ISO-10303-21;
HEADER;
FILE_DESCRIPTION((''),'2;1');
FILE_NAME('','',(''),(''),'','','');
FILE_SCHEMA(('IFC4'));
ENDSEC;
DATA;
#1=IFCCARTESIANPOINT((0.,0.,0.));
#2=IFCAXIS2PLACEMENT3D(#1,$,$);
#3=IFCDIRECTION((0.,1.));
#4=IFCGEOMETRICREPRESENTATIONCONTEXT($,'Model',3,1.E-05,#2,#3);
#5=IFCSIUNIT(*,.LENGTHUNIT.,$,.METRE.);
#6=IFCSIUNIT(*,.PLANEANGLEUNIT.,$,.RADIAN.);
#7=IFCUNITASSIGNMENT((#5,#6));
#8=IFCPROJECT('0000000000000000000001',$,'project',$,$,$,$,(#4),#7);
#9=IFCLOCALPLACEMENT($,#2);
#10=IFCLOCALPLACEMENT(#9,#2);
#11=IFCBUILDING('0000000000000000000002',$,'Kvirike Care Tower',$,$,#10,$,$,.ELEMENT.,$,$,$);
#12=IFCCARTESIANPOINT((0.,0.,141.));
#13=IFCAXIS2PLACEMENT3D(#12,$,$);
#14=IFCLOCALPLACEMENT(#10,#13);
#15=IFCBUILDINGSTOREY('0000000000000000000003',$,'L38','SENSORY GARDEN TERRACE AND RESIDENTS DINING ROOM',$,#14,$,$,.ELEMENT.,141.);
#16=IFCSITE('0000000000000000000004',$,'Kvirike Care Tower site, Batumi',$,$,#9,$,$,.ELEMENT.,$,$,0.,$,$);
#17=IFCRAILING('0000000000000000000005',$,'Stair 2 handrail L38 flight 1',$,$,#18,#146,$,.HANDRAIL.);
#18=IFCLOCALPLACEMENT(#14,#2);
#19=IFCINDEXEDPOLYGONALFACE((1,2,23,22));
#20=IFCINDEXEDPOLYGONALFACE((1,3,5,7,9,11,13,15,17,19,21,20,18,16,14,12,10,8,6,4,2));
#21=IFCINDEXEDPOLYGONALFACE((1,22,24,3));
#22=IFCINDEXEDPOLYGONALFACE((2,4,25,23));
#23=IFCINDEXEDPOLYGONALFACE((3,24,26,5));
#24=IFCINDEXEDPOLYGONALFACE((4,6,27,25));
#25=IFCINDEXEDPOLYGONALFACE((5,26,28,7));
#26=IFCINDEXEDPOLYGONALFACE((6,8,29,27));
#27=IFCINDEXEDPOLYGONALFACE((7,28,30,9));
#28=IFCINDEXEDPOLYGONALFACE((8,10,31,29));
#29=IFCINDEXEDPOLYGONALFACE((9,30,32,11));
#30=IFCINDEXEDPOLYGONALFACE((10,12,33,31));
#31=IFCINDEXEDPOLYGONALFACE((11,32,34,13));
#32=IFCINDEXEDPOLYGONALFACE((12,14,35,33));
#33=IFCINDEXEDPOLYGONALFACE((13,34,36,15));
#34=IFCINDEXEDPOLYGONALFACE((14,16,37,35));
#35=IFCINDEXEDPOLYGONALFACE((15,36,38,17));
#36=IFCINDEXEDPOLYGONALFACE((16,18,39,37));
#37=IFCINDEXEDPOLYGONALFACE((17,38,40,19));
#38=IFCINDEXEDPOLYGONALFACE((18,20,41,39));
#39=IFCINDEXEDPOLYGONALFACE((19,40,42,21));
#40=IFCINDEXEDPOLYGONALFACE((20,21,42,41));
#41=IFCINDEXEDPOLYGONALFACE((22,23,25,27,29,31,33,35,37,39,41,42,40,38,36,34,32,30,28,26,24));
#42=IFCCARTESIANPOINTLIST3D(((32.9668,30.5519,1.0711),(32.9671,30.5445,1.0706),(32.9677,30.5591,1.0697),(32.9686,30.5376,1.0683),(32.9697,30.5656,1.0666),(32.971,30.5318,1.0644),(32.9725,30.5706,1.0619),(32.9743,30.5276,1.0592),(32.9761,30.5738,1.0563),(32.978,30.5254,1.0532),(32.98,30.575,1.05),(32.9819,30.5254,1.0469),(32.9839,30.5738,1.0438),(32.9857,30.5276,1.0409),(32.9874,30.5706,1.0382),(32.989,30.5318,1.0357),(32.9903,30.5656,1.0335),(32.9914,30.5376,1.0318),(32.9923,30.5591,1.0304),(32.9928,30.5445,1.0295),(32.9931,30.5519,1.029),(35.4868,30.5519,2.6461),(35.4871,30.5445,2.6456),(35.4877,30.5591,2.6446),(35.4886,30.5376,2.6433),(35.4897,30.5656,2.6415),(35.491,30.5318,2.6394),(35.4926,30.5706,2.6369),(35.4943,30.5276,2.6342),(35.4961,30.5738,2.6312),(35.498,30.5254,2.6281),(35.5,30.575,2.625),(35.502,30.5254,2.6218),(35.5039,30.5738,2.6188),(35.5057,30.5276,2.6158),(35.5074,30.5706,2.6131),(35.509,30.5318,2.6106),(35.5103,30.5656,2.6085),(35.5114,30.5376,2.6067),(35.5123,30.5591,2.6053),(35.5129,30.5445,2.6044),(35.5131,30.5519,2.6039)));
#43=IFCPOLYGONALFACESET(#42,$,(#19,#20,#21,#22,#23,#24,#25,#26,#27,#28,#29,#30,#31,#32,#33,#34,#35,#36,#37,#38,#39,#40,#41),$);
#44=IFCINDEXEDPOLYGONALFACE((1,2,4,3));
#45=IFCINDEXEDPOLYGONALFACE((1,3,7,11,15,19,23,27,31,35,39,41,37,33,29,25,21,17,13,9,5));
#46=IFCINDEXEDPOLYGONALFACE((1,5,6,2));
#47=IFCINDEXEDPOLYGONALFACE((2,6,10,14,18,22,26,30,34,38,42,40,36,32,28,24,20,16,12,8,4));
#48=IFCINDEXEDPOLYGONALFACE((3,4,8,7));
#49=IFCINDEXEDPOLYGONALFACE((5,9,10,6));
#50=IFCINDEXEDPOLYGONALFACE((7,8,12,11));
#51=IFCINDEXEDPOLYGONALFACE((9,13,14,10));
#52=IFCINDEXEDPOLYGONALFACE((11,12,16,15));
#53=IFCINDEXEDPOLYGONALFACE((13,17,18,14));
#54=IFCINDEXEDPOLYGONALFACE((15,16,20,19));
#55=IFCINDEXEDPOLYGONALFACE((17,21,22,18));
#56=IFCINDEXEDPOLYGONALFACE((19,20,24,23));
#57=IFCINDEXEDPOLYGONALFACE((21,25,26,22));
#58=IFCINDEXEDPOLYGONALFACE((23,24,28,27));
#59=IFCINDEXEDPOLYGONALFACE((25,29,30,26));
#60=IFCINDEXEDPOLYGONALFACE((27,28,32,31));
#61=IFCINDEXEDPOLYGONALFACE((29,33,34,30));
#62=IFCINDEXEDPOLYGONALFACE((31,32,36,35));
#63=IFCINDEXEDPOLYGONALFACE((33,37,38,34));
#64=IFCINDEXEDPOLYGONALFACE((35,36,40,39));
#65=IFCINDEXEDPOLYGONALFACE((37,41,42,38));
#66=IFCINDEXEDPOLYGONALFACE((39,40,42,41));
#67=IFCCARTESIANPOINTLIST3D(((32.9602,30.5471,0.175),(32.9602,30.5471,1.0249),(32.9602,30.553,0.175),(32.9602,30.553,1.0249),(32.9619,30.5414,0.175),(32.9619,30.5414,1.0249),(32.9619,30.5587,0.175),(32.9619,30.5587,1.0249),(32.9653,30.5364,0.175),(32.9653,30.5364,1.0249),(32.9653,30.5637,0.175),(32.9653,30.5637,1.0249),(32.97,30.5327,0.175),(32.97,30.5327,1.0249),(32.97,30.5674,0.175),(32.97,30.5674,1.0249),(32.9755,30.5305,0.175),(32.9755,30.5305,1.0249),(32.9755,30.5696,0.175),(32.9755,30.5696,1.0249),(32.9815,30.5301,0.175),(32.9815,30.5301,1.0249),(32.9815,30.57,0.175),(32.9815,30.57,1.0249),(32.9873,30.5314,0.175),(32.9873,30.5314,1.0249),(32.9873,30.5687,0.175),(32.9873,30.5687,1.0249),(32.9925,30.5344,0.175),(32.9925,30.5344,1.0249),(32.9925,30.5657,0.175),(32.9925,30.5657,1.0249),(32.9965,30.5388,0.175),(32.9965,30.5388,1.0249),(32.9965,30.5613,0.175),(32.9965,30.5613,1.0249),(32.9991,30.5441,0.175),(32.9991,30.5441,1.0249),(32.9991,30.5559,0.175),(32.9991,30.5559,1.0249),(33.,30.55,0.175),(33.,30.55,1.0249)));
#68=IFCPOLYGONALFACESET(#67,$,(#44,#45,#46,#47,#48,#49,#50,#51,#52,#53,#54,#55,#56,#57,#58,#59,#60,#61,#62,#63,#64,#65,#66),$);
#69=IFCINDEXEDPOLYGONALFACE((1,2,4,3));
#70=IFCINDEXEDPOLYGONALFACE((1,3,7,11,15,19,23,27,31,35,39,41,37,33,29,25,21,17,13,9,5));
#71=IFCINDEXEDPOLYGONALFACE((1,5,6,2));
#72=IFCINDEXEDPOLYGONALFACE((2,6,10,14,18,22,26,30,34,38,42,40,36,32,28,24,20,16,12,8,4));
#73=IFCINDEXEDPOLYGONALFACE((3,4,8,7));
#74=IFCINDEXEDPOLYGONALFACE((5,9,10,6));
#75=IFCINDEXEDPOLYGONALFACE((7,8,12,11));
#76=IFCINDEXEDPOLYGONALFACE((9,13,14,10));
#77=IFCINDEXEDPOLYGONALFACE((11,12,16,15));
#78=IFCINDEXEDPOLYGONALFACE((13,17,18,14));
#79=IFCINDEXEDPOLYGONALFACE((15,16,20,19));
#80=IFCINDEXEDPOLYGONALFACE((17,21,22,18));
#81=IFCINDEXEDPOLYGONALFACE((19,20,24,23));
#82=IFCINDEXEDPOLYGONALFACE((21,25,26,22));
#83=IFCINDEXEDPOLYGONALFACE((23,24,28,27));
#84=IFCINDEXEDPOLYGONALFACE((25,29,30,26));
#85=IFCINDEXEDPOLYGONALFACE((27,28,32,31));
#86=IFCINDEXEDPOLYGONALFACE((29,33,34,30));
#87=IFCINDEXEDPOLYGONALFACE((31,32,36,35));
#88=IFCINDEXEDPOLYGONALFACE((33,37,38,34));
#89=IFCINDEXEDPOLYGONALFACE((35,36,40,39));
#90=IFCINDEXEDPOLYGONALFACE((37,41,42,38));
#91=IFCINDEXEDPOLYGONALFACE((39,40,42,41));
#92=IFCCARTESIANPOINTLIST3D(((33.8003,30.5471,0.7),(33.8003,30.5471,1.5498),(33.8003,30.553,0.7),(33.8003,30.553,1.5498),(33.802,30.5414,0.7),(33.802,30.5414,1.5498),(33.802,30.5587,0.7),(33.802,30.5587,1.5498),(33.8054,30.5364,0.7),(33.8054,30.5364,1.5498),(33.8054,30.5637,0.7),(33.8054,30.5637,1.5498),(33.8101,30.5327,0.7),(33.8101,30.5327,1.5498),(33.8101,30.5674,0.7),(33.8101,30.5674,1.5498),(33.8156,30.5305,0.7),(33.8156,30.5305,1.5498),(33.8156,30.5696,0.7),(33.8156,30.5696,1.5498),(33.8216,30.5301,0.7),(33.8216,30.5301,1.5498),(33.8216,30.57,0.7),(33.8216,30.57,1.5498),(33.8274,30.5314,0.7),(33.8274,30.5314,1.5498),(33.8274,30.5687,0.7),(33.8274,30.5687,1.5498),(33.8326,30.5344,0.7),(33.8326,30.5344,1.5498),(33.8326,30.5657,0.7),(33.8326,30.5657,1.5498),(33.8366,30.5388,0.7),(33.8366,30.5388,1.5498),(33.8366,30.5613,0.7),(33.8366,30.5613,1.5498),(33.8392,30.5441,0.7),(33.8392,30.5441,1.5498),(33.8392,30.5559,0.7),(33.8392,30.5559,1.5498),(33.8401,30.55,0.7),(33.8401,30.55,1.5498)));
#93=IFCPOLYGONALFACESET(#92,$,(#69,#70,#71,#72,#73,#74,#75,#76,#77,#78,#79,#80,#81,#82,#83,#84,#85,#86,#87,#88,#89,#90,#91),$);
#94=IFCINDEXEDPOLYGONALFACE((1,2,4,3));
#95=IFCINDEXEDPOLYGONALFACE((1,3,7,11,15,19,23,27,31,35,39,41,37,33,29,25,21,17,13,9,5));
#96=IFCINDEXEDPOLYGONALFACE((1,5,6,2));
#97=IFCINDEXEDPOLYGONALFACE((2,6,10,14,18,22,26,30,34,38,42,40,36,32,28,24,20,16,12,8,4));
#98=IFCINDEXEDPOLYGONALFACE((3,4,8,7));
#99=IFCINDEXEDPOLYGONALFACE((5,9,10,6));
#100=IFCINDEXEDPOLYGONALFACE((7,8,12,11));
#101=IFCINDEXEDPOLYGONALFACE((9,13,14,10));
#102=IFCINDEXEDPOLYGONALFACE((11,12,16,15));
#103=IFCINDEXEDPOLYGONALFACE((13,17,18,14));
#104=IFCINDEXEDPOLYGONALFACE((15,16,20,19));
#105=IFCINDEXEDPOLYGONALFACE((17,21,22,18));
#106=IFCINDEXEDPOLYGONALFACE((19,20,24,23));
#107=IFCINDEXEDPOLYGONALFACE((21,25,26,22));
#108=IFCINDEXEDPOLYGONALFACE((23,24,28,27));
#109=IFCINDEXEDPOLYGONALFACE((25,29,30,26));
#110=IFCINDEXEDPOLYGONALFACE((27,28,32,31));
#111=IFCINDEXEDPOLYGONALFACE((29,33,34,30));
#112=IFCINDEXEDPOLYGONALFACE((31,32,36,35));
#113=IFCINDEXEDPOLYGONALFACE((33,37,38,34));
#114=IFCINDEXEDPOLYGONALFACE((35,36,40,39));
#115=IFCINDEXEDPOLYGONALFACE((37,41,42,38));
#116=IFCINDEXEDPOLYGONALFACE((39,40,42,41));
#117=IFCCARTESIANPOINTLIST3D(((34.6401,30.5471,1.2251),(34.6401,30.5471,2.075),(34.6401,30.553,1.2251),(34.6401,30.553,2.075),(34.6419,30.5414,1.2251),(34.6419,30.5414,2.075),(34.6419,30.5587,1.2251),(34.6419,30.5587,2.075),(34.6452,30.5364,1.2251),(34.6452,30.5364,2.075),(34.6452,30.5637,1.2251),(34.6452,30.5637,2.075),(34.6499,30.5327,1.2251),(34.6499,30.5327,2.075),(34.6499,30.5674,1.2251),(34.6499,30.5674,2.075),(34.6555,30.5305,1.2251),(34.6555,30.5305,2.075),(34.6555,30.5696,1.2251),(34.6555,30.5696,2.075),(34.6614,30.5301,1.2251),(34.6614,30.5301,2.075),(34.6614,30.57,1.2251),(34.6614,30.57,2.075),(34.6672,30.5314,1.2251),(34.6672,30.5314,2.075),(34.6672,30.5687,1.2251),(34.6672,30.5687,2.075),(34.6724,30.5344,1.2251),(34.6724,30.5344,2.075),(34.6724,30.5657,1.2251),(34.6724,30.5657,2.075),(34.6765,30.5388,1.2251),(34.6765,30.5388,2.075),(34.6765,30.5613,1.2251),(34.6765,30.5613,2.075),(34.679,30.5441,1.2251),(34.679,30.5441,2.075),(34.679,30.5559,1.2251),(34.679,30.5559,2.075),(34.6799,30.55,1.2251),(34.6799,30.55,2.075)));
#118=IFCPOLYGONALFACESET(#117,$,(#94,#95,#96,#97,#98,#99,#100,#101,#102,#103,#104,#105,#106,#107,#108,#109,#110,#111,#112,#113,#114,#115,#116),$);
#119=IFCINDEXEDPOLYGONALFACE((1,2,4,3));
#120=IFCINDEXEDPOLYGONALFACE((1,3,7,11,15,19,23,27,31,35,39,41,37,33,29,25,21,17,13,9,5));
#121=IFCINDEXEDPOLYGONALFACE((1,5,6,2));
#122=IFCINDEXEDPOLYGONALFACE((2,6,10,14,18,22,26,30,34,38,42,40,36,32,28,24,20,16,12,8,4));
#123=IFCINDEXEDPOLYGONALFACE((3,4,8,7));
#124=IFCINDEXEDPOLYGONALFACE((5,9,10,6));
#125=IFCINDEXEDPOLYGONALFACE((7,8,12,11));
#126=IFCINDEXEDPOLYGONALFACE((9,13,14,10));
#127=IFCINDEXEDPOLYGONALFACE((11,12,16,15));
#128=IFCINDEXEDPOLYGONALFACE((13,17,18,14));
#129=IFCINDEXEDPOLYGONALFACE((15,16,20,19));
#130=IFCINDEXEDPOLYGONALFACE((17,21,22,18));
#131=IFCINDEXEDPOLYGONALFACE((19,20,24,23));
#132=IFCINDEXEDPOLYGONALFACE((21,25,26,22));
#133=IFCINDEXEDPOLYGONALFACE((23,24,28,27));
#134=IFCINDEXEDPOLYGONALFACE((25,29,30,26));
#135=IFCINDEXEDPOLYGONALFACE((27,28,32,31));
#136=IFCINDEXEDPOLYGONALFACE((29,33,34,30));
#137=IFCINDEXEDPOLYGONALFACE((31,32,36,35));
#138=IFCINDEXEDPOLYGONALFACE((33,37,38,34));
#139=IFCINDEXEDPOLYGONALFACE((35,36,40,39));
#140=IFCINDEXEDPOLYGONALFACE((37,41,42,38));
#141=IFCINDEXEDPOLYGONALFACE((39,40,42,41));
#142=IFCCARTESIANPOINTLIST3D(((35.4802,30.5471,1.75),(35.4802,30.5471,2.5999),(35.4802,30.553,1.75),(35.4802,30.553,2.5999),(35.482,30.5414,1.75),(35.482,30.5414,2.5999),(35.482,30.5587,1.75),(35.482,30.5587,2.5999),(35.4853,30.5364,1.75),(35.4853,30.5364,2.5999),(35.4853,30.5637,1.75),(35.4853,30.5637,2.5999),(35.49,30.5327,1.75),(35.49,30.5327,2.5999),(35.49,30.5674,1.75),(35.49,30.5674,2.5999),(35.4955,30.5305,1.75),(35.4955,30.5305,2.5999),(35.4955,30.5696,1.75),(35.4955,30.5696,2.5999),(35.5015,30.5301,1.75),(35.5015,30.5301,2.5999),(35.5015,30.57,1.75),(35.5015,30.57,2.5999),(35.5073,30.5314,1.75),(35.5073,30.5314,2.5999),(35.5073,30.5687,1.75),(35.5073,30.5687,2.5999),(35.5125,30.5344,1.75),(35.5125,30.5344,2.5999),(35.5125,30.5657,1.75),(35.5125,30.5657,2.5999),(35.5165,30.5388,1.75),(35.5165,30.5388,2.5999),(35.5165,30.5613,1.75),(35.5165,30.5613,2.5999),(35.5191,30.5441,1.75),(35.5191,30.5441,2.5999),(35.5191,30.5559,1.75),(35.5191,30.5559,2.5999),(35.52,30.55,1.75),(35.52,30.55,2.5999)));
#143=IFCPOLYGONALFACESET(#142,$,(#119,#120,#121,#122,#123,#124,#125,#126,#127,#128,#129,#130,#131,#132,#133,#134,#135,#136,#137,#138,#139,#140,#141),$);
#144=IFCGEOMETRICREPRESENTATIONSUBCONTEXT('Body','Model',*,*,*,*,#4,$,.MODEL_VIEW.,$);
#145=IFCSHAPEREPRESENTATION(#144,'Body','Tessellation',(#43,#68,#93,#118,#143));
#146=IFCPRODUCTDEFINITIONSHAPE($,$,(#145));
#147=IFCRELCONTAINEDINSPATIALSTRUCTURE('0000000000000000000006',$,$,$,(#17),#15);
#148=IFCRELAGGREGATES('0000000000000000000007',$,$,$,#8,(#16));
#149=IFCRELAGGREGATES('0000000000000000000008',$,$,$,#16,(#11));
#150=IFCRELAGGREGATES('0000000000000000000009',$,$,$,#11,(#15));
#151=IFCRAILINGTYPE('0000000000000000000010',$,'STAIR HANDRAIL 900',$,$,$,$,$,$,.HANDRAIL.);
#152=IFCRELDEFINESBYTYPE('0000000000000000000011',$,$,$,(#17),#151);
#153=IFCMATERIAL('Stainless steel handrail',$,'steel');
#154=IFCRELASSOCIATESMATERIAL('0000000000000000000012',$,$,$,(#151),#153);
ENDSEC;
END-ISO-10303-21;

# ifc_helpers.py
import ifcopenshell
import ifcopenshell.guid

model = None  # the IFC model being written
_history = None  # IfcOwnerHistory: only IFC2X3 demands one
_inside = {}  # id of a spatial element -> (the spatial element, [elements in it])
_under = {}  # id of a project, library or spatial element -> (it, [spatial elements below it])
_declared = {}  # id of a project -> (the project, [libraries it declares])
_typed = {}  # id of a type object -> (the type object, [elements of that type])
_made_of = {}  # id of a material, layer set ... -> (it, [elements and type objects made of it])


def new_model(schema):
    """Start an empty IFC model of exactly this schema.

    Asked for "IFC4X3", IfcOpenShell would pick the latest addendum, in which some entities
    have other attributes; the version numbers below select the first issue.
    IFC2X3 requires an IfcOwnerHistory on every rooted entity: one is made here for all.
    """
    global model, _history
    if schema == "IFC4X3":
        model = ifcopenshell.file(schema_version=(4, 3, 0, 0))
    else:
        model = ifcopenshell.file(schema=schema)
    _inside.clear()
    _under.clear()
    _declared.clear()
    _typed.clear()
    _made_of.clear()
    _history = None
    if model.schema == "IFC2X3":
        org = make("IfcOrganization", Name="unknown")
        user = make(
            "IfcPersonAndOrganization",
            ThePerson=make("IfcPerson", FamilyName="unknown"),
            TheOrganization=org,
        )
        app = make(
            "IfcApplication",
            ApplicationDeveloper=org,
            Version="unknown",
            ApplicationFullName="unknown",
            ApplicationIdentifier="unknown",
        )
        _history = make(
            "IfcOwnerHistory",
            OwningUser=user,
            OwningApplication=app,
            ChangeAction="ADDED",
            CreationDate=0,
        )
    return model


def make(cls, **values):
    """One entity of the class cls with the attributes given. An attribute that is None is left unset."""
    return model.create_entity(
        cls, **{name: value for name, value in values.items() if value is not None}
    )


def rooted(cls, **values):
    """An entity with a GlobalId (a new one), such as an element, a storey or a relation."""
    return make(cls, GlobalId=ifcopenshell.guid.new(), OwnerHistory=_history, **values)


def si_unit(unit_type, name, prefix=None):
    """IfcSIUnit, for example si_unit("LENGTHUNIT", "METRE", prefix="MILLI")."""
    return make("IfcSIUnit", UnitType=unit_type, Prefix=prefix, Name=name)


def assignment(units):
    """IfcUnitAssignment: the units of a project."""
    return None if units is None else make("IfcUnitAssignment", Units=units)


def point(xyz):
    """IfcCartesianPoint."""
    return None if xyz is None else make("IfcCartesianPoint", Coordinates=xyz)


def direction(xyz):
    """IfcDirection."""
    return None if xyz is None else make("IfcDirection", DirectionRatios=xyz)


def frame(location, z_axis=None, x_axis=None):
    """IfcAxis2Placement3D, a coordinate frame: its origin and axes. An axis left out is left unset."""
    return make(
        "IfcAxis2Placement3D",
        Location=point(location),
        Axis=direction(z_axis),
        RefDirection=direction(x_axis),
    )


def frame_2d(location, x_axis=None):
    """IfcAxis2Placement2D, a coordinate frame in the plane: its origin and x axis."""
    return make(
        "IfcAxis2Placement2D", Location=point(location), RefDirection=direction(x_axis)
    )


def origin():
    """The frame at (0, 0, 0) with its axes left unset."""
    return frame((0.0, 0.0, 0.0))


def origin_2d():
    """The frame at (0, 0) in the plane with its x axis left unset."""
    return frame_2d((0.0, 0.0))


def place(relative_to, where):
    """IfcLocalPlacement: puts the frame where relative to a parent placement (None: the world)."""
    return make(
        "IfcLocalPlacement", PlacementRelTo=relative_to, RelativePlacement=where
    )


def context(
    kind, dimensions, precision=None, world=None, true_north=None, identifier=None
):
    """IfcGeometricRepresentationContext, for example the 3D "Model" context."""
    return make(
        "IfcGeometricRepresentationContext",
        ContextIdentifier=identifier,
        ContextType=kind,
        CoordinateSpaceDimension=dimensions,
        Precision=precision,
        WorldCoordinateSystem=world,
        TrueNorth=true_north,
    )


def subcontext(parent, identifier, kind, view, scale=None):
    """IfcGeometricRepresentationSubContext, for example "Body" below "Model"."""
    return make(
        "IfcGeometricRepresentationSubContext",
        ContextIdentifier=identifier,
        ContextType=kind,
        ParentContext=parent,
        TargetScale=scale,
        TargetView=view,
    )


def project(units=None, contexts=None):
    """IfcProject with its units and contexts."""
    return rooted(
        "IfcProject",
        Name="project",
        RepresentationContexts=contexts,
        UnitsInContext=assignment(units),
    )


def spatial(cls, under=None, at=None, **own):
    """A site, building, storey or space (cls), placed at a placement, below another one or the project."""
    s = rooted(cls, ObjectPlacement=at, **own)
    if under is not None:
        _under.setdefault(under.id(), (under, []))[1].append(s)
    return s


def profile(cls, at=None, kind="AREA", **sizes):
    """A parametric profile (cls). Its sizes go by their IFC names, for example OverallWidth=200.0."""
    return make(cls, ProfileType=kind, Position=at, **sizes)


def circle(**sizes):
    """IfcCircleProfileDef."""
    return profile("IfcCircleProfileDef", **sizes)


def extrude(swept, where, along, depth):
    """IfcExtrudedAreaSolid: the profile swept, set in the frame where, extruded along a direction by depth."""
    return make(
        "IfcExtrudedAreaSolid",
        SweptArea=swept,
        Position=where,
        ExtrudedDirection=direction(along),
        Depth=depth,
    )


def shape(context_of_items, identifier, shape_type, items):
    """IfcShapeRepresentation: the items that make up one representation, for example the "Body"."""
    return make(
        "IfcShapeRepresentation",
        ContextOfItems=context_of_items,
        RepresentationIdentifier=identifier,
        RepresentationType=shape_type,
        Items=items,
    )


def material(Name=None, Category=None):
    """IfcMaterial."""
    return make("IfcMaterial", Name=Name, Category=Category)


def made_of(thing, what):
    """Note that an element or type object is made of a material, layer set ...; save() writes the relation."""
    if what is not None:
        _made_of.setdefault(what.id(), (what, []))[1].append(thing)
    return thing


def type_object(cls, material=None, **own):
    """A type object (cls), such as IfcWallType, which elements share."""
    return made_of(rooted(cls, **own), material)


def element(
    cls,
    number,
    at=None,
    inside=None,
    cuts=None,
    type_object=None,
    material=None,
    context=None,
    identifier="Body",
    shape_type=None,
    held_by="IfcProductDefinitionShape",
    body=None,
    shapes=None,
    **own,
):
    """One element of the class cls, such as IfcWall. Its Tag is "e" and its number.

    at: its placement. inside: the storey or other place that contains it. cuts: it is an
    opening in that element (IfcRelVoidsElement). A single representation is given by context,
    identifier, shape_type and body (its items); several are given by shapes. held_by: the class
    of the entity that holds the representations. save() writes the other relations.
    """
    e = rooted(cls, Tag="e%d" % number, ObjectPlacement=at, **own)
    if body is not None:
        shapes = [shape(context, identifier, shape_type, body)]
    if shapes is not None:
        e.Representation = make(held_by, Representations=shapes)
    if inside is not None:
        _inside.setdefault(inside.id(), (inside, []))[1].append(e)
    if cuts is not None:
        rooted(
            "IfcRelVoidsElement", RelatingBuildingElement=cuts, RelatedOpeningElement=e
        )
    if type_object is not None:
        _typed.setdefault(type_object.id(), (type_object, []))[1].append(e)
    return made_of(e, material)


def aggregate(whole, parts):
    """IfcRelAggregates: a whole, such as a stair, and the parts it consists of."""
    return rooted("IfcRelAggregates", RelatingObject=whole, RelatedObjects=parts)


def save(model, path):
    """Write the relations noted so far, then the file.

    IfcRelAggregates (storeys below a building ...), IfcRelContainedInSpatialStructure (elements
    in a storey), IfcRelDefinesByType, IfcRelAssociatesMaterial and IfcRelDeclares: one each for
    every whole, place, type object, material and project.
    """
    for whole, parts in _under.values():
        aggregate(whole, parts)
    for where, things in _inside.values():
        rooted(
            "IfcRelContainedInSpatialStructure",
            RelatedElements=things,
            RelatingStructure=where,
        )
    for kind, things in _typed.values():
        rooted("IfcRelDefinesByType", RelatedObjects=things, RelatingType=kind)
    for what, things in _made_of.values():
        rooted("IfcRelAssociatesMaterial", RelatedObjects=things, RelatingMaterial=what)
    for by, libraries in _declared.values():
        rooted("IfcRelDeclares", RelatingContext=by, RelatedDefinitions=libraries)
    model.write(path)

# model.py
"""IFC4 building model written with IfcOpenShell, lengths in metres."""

from ifc_helpers import new_model, si_unit, direction, frame, origin, origin_2d, place, context, subcontext, project, spatial, circle, extrude, material, type_object, element, save


model = new_model("IFC4")

# Units and contexts
model_context = context("Model", 3, precision=1e-05, world=origin(), true_north=direction((0.0, 1.0)))
body_context = subcontext(model_context, "Body", "Model", "MODEL_VIEW")
ifc_project = project(units=[si_unit("LENGTHUNIT", "METRE"), si_unit("PLANEANGLEUNIT", "RADIAN")], contexts=[model_context])

# Site, building, storey
site_placement = place(None, origin())
site = spatial("IfcSite", under=ifc_project, at=site_placement, Name="Kvirike Care Tower site, Batumi", CompositionType="ELEMENT", RefElevation=0.0)
building_placement = place(site_placement, origin())
building = spatial("IfcBuilding", under=site, at=building_placement, Name="Kvirike Care Tower", CompositionType="ELEMENT")
storey_placement = place(building_placement, frame((0.0, 0.0, 141.0)))
storey = spatial("IfcBuildingStorey", under=building, at=storey_placement, Name="L38", Description="SENSORY GARDEN TERRACE AND RESIDENTS DINING ROOM", CompositionType="ELEMENT", Elevation=141.0)

# Railing
ifc_material_1 = material(Name="Stainless steel handrail", Category="steel")
railing_type = type_object("IfcRailingType", Name="STAIR HANDRAIL 900", PredefinedType="HANDRAIL", material=ifc_material_1)
railing_1_placement = place(storey_placement, frame((32.98, 30.55, 0.175)))
element("IfcRailing", 1, at=railing_1_placement, inside=storey, type_object=railing_type, Name="Stair 2 handrail L38 flight 1", PredefinedType="HANDRAIL", context=body_context, shape_type="SweptSolid", body=[
    extrude(circle(Radius=0.0249, at=origin_2d()), frame((0.0, 0.0, 0.875), z_axis=(0.848008, 0.0, 0.529984), x_axis=(0.0, 1.0, 0.0)), (0.0, 0.0, 1.0), 2.9717),
    extrude(circle(Radius=0.02, at=origin_2d()), origin(), (0.0, 0.0, 1.0), 0.8499),
    extrude(circle(Radius=0.02, at=origin_2d()), frame((0.8401, 0.0, 0.5249)), (0.0, 0.0, 1.0), 0.8499),
    extrude(circle(Radius=0.02, at=origin_2d()), frame((1.6799, 0.0, 1.05)), (0.0, 0.0, 1.0), 0.8499),
    extrude(circle(Radius=0.02, at=origin_2d()), frame((2.52, 0.0, 1.575)), (0.0, 0.0, 1.0), 0.8499),
])

save(model, "model.ifc")
